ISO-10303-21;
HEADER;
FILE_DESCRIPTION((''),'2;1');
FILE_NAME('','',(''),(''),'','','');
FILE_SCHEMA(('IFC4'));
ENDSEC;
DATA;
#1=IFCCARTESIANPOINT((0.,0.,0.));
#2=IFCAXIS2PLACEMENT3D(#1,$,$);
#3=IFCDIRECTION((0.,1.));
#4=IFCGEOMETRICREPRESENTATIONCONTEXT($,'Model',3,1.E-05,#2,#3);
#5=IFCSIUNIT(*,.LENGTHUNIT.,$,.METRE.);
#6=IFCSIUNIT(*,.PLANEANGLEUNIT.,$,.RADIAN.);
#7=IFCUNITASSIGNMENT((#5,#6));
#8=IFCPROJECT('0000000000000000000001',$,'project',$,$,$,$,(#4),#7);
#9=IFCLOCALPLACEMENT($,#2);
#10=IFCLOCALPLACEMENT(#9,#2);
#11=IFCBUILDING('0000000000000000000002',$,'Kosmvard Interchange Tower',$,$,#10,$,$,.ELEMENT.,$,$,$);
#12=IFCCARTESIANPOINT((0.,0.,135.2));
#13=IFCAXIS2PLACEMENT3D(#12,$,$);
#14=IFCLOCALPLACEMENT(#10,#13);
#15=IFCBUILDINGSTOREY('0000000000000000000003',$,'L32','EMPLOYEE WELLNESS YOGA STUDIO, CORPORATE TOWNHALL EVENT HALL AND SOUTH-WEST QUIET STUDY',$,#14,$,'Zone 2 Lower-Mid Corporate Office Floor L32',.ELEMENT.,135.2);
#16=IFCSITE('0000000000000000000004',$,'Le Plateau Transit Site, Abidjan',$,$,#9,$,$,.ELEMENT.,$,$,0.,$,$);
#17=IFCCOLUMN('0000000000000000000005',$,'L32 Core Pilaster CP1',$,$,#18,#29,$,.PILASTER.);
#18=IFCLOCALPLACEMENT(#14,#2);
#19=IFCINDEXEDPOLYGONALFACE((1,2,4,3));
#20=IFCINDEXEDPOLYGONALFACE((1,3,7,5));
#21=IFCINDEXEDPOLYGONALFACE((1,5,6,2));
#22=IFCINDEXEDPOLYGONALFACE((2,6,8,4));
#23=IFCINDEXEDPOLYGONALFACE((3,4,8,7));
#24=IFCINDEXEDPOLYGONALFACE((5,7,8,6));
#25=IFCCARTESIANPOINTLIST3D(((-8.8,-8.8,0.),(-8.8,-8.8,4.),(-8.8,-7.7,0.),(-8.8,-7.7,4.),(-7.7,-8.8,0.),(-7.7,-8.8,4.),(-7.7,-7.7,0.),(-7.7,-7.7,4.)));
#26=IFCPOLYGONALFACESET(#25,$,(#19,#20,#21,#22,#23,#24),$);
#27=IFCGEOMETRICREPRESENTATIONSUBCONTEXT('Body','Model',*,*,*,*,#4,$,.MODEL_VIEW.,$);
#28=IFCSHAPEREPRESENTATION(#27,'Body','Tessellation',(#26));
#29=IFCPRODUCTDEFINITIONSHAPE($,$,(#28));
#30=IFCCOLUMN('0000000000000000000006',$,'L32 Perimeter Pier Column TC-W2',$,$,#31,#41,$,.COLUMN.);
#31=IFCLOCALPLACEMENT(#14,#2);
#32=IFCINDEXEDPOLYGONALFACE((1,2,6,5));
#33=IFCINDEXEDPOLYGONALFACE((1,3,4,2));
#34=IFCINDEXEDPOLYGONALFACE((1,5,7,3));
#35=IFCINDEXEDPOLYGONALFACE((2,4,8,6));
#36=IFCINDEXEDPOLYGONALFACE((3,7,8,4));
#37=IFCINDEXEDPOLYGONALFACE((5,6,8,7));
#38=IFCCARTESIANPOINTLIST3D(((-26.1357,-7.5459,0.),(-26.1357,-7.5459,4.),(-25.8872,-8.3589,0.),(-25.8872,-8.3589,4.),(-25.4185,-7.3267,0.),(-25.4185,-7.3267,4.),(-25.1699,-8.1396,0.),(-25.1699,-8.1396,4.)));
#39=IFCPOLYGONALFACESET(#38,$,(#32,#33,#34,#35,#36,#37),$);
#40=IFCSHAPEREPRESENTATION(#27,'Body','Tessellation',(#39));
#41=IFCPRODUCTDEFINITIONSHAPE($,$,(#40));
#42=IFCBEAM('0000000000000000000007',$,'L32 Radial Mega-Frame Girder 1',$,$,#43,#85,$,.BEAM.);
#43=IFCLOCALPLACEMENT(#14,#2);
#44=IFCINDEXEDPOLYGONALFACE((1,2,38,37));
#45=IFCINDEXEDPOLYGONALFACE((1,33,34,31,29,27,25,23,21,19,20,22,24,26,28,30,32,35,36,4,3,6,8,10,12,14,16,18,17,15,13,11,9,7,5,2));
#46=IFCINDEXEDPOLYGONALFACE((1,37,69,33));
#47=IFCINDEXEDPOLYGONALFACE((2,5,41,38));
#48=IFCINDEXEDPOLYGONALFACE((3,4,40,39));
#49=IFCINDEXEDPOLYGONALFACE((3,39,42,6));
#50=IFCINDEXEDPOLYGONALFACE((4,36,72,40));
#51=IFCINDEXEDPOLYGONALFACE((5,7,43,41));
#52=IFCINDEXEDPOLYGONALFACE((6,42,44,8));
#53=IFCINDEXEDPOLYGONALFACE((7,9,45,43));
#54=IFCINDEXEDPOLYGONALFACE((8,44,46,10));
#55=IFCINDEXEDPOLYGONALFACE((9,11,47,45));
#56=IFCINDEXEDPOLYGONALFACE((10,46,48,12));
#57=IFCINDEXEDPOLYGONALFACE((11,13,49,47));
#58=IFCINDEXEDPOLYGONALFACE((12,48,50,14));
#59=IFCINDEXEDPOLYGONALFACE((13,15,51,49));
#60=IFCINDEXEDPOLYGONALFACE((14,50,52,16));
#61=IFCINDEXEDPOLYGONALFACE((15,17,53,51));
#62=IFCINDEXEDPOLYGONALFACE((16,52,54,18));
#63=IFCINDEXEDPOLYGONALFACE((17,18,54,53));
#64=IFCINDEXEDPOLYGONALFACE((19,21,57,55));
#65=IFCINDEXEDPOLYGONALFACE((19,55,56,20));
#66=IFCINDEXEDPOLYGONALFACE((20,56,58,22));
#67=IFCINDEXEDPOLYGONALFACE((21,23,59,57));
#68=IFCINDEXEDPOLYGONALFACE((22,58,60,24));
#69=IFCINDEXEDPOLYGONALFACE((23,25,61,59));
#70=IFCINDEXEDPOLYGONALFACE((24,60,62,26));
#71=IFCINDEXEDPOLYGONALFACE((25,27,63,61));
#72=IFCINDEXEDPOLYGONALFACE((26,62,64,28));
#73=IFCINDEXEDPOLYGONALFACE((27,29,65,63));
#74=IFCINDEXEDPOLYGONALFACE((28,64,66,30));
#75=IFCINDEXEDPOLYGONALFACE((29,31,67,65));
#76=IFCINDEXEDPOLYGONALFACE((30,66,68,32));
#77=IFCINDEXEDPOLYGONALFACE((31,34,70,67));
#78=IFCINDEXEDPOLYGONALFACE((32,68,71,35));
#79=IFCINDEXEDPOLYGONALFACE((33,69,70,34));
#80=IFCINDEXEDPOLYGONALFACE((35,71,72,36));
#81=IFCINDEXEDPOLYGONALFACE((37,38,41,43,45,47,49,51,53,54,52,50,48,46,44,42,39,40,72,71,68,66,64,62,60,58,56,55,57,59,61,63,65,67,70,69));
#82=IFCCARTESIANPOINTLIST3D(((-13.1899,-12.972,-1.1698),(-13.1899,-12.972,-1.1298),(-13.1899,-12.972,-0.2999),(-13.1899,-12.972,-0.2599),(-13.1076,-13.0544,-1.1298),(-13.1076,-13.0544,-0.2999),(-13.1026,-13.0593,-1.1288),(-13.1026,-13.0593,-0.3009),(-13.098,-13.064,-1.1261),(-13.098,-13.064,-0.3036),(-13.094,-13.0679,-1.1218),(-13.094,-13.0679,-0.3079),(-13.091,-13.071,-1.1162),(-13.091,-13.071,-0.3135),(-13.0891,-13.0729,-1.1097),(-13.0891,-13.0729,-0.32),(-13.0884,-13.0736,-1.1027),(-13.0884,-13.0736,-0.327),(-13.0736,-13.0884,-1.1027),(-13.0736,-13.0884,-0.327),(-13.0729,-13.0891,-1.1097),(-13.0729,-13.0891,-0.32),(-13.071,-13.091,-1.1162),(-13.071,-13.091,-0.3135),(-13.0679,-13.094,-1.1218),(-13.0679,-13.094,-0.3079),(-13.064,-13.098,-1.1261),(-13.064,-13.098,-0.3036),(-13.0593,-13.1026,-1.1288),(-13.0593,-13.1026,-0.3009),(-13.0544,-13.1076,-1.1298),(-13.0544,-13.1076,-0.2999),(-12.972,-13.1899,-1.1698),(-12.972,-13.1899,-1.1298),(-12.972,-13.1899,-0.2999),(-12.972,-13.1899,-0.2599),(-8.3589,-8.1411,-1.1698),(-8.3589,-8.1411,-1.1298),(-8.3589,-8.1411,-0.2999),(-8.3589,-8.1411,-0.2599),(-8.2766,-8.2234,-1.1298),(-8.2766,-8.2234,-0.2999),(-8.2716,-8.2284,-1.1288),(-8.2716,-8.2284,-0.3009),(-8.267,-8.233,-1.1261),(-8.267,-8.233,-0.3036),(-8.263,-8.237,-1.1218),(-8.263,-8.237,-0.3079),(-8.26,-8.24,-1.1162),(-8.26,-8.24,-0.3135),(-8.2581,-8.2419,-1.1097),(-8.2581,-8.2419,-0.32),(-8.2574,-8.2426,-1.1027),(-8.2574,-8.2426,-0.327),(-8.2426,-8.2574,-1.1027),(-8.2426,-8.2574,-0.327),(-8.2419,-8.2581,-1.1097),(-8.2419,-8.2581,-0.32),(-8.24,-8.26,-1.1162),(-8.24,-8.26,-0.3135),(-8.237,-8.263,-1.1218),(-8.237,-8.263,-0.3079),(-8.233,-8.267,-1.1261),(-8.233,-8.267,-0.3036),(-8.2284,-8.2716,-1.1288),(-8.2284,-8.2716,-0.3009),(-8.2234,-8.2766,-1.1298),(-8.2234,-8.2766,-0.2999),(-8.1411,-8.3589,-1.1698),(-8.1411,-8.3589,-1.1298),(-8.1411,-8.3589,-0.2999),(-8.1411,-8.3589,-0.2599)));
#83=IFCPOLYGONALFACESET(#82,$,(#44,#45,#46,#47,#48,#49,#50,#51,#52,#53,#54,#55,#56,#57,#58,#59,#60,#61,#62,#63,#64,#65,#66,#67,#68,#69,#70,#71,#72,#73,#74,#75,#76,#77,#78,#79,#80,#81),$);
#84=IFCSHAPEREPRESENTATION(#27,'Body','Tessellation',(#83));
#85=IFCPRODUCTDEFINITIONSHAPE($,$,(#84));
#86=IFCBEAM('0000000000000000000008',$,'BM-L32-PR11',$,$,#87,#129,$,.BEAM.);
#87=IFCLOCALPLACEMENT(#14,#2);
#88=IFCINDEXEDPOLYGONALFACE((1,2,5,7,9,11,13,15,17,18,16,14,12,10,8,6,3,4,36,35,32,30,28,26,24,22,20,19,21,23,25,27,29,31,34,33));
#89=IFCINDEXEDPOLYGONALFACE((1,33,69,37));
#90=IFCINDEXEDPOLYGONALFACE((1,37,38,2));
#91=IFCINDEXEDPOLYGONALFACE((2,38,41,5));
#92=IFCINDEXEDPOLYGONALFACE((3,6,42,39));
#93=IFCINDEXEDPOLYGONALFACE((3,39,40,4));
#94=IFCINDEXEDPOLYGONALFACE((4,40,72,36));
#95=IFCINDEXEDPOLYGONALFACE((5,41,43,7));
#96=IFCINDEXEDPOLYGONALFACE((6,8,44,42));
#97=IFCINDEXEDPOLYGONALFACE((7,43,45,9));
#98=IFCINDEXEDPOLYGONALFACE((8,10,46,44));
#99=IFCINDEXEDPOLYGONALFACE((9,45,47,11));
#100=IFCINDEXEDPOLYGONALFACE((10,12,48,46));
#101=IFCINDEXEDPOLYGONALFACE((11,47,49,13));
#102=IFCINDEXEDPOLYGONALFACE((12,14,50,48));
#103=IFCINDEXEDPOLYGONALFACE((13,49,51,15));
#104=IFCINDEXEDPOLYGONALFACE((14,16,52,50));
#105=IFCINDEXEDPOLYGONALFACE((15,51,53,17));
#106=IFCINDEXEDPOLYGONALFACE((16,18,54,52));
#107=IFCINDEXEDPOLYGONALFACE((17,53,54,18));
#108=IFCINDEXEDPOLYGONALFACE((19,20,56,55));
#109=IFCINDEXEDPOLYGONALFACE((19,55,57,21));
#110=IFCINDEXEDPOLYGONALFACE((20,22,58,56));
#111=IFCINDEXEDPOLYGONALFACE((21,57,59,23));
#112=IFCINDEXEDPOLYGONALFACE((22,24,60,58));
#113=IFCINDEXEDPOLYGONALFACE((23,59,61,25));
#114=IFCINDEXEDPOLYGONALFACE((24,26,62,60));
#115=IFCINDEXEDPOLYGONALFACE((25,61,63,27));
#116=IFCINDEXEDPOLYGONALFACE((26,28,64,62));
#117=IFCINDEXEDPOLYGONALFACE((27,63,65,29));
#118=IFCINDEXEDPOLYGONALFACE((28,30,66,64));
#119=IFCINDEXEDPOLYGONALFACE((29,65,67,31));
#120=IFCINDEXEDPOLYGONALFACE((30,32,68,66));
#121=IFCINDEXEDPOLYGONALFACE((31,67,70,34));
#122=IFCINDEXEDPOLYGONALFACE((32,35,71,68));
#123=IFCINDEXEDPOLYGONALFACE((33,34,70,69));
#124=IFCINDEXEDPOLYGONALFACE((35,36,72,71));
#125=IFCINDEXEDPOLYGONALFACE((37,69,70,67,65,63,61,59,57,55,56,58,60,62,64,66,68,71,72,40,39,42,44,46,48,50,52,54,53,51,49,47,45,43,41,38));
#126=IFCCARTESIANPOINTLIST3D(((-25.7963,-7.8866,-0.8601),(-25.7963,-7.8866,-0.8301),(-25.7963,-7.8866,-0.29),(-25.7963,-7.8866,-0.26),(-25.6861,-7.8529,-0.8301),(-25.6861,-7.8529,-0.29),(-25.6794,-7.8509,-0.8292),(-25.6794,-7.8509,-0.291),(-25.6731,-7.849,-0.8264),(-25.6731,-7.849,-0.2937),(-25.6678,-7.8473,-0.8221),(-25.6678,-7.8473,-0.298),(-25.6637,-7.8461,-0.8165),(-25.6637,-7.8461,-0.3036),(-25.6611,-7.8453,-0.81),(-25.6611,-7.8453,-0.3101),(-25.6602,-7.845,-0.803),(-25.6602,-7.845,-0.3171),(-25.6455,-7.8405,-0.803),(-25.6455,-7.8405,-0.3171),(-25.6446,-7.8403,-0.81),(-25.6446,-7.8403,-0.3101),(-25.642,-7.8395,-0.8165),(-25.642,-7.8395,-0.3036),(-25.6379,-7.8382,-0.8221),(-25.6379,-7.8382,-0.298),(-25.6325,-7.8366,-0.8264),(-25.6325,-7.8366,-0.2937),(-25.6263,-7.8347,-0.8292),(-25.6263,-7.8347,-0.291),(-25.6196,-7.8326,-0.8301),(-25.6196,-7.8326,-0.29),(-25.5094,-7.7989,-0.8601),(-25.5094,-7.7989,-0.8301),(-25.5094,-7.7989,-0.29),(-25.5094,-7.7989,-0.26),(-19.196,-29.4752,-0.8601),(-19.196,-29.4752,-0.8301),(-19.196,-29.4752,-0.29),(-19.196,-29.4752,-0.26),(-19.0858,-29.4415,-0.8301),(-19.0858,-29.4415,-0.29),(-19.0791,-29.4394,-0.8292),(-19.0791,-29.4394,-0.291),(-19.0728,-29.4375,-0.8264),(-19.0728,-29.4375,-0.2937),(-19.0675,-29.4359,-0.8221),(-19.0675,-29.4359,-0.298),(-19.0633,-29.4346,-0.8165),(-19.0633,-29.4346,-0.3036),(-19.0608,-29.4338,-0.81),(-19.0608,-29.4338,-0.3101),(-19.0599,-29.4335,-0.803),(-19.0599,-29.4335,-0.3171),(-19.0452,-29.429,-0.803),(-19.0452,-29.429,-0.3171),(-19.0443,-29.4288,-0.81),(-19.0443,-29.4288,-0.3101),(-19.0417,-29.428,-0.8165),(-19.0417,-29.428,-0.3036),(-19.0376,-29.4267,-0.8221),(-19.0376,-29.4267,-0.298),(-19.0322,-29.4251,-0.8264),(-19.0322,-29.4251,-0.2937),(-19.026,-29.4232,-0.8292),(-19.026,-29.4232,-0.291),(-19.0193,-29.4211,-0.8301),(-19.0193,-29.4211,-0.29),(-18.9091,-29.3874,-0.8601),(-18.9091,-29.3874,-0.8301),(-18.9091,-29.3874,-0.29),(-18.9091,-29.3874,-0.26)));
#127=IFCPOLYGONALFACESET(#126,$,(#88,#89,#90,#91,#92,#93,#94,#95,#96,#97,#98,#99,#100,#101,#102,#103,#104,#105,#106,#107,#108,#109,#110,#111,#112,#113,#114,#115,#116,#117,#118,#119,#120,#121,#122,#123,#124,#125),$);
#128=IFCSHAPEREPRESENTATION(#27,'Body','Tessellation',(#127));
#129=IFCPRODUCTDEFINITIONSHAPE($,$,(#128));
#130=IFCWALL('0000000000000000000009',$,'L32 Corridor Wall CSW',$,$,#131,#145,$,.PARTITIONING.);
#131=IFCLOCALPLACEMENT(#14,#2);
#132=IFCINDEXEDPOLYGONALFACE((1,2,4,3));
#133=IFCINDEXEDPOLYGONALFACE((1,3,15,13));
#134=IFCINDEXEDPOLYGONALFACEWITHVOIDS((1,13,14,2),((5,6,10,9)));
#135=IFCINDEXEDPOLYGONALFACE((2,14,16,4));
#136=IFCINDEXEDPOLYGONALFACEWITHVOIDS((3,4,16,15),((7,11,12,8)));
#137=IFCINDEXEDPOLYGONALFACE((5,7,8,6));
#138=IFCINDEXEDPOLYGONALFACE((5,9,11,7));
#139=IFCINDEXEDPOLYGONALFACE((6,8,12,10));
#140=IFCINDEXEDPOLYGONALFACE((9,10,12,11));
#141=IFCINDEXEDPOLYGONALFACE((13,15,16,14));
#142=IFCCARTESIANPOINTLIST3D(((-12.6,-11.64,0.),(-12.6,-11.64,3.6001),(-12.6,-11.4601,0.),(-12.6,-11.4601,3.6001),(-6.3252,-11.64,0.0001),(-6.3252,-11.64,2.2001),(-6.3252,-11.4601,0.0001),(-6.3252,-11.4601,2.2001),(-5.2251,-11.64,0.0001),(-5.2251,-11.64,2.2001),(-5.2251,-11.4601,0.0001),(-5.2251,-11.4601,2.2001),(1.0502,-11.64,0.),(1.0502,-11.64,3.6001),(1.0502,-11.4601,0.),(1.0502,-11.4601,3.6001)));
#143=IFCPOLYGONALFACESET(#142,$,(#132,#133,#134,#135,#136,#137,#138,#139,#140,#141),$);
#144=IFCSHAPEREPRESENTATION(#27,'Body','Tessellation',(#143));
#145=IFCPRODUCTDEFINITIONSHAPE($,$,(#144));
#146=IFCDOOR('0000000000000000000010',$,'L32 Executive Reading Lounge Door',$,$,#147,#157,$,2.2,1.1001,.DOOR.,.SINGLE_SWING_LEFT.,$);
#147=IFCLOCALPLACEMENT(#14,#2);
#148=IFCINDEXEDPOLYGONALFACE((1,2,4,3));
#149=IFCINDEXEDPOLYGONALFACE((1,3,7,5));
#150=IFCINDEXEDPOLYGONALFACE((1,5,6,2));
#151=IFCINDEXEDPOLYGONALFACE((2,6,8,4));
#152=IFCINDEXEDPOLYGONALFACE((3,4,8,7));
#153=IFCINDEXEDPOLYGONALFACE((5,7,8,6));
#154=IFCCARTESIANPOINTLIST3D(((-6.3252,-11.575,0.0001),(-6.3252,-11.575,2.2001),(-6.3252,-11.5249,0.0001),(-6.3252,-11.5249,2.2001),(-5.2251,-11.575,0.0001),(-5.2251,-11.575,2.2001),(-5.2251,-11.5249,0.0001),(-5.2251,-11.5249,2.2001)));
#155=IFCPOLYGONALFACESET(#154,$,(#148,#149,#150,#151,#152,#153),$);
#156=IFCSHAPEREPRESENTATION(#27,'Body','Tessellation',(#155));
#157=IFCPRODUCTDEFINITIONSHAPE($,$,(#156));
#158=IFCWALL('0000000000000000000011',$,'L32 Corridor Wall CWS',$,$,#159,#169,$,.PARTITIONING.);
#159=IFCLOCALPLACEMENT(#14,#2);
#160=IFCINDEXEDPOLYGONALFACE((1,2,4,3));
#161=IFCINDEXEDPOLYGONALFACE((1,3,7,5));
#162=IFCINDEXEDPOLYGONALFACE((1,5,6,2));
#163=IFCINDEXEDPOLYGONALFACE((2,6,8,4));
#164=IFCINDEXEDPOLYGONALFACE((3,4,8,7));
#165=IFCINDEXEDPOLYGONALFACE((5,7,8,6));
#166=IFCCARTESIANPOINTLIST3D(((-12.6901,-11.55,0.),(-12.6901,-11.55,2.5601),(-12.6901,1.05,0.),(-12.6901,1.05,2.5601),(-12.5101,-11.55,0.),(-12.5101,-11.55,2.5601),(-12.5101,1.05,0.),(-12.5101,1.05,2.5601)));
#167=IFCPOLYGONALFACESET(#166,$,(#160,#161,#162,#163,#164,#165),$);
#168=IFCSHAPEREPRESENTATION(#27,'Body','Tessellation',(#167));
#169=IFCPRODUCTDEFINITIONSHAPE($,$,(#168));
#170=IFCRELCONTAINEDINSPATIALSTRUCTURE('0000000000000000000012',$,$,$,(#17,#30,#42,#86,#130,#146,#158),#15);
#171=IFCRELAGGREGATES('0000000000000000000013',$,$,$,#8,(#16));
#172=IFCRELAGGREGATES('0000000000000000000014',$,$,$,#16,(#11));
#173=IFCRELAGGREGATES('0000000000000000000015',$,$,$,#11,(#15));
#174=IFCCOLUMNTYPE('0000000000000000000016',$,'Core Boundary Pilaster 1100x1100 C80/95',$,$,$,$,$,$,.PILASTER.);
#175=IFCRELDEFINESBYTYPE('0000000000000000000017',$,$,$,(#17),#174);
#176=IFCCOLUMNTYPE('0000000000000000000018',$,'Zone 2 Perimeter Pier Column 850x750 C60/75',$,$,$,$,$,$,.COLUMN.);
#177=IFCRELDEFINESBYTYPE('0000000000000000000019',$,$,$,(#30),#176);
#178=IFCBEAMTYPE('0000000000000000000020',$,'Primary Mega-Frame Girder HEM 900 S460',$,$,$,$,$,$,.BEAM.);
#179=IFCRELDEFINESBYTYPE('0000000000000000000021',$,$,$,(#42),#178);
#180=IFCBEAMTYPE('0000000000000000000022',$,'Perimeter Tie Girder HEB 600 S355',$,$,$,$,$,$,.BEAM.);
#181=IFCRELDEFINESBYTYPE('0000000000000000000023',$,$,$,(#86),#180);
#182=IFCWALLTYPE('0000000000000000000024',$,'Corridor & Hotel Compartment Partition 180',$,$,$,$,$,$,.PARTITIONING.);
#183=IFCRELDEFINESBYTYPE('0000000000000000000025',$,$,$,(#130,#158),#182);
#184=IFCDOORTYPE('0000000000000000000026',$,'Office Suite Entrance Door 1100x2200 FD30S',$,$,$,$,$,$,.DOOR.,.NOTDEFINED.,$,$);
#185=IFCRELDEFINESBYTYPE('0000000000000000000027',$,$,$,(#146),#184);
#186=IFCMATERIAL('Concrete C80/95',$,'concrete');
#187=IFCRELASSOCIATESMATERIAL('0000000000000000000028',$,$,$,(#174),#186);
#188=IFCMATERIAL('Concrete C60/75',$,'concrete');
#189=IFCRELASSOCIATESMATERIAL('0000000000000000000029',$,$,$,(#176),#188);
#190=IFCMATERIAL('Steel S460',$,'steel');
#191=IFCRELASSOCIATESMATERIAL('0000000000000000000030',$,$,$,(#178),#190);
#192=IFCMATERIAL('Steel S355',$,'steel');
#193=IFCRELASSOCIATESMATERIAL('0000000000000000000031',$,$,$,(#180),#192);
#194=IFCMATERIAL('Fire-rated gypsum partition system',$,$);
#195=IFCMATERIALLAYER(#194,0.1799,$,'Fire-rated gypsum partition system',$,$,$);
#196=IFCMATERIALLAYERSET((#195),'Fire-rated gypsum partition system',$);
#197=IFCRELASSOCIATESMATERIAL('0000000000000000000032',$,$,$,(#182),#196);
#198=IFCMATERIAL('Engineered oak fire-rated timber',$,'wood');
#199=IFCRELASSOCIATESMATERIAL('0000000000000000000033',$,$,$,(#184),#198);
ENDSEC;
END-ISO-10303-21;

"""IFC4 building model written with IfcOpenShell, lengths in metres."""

from ifc_helpers import new_model, si_unit, direction, frame, frame_2d, origin, origin_2d, place, context, subcontext, project, spatial, rectangle, i_section, extrude, source, transform, mapped, material, layer, layer_set, material_profile, profile_set, type_object, element, fill, save


model = new_model("IFC4")

# Units and contexts
model_context = context("Model", 3, precision=1e-05, world=origin(), true_north=direction((0.0, 1.0)))
body_context = subcontext(model_context, "Body", "Model", "MODEL_VIEW")
ifc_project = project(units=[si_unit("LENGTHUNIT", "METRE"), si_unit("PLANEANGLEUNIT", "RADIAN")], contexts=[model_context])

# Site, building, storey
site_placement = place(None, origin())
site = spatial("IfcSite", under=ifc_project, at=site_placement, Name="Le Plateau Transit Site, Abidjan", CompositionType="ELEMENT", RefElevation=0.0)
building_placement = place(site_placement, origin())
building = spatial("IfcBuilding", under=site, at=building_placement, Name="Kosmvard Interchange Tower", CompositionType="ELEMENT")
storey_placement = place(building_placement, frame((0.0, 0.0, 135.2)))
storey = spatial("IfcBuildingStorey", under=building, at=storey_placement, Name="L32", Description="EMPLOYEE WELLNESS YOGA STUDIO, CORPORATE TOWNHALL EVENT HALL AND SOUTH-WEST QUIET STUDY", LongName="Zone 2 Lower-Mid Corporate Office Floor L32", CompositionType="ELEMENT", Elevation=135.2)

# Columns
ifc_material_1 = material(Name="Concrete C80/95", Category="concrete")
ifc_material_profile_1 = material_profile(ifc_material_1, rectangle(XDim=1.1001, YDim=1.1001, at=origin_2d()), Name="CP 1100x1100")
ifc_profile_set_1 = profile_set([ifc_material_profile_1], Name="Concrete C80/95")
column_type_1 = type_object("IfcColumnType", Name="Core Boundary Pilaster 1100x1100 C80/95", PredefinedType="PILASTER", material=ifc_profile_set_1)
shared_shape_1 = source(origin(), body_context, "Body", "SweptSolid", [
    extrude(rectangle(XDim=1.1001, YDim=1.1001, at=origin_2d()), origin(), (0.0, 0.0, 1.0), 4.0),
])
column_1_placement = place(storey_placement, frame((-8.25, -8.25, 0.0), z_axis=(0.0, 0.0, 1.0), x_axis=(1.0, 0.0, 0.0)))
element("IfcColumn", 1, at=column_1_placement, inside=storey, type_object=column_type_1, Name="L32 Core Pilaster CP1", PredefinedType="PILASTER", context=body_context, shape_type="MappedRepresentation", body=[
    mapped(shared_shape_1, transform((0.0, 0.0, 0.0), scale=1.0)),
])
ifc_material_2 = material(Name="Concrete C60/75", Category="concrete")
ifc_material_profile_2 = material_profile(ifc_material_2, rectangle(XDim=0.75, YDim=0.8501, at=origin_2d()), Name="TC 850x750")
ifc_profile_set_2 = profile_set([ifc_material_profile_2], Name="Concrete C60/75")
column_type_2 = type_object("IfcColumnType", Name="Zone 2 Perimeter Pier Column 850x750 C60/75", PredefinedType="COLUMN", material=ifc_profile_set_2)
shared_shape_2 = source(origin(), body_context, "Body", "SweptSolid", [
    extrude(rectangle(XDim=0.75, YDim=0.8501, at=origin_2d()), origin(), (0.0, 0.0, 1.0), 4.0),
])
column_2_placement = place(storey_placement, frame((-25.6528, -7.8428, 0.0), z_axis=(0.0, 0.0, 1.0), x_axis=(0.956305, 0.292372, 0.0)))
element("IfcColumn", 2, at=column_2_placement, inside=storey, type_object=column_type_2, Name="L32 Perimeter Pier Column TC-W2", PredefinedType="COLUMN", context=body_context, shape_type="MappedRepresentation", body=[
    mapped(shared_shape_2, transform((0.0, 0.0, 0.0), scale=1.0)),
])

# Beams
ifc_material_3 = material(Name="Steel S460", Category="steel")
ifc_material_profile_3 = material_profile(ifc_material_3, i_section(OverallWidth=0.3081, OverallDepth=0.9099, WebThickness=0.021, FlangeThickness=0.04, FilletRadius=0.0271, at=origin_2d()), Name="HEM 900")
ifc_profile_set_3 = profile_set([ifc_material_profile_3], Name="Steel S460")
beam_type_1 = type_object("IfcBeamType", Name="Primary Mega-Frame Girder HEM 900 S460", PredefinedType="BEAM", material=ifc_profile_set_3)
shared_shape_3 = source(origin(), body_context, "Body", "SweptSolid", [
    extrude(i_section(OverallWidth=0.3081, OverallDepth=0.9099, WebThickness=0.021, FlangeThickness=0.04, FilletRadius=0.0271, at=origin_2d()), origin(), (0.0, 0.0, 1.0), 6.832),
])
beam_1_placement = place(storey_placement, frame((-8.25, -8.25, -0.7148), z_axis=(-0.707107, -0.707107, 0.0), x_axis=(0.707107, -0.707107, 0.0)))
element("IfcBeam", 3, at=beam_1_placement, inside=storey, type_object=beam_type_1, Name="L32 Radial Mega-Frame Girder 1", PredefinedType="BEAM", context=body_context, shape_type="MappedRepresentation", body=[
    mapped(shared_shape_3, transform((0.0, 0.0, 0.0), scale=1.0)),
])
ifc_material_4 = material(Name="Steel S355", Category="steel")
ifc_material_profile_4 = material_profile(ifc_material_4, i_section(OverallWidth=0.3, OverallDepth=0.6001, WebThickness=0.0154, FlangeThickness=0.03, FilletRadius=0.0271, at=origin_2d()), Name="HEB 600")
ifc_profile_set_4 = profile_set([ifc_material_profile_4], Name="Steel S355")
beam_type_2 = type_object("IfcBeamType", Name="Perimeter Tie Girder HEB 600 S355", PredefinedType="BEAM", material=ifc_profile_set_4)
shared_shape_4 = source(origin(), body_context, "Body", "SweptSolid", [
    extrude(i_section(OverallWidth=0.3, OverallDepth=0.6001, WebThickness=0.0154, FlangeThickness=0.03, FilletRadius=0.0271, at=origin_2d()), origin(), (0.0, 0.0, 1.0), 22.575),
])
beam_2_placement = place(storey_placement, frame((-25.6528, -7.8428, -0.5601), z_axis=(0.292373, -0.956304, 0.0), x_axis=(0.956304, 0.292373, 0.0)))
element("IfcBeam", 4, at=beam_2_placement, inside=storey, type_object=beam_type_2, Name="BM-L32-PR11", PredefinedType="BEAM", context=body_context, shape_type="MappedRepresentation", body=[
    mapped(shared_shape_4, transform((0.0, 0.0, 0.0), scale=1.0)),
])

# Wall, opening, door
ifc_material_5 = material(Name="Fire-rated gypsum partition system")
ifc_layer_1 = layer(ifc_material_5, 0.1799, Name="Fire-rated gypsum partition system")
ifc_layer_set_1 = layer_set([ifc_layer_1], Name="Fire-rated gypsum partition system")
wall_type_1 = type_object("IfcWallType", Name="Corridor & Hotel Compartment Partition 180", PredefinedType="PARTITIONING", material=ifc_layer_set_1)
wall_1_placement = place(storey_placement, frame((-12.6001, -11.55, 0.0), z_axis=(0.0, 0.0, 1.0), x_axis=(1.0, 0.0, 0.0)))
wall_1 = element("IfcWall", 5, at=wall_1_placement, inside=storey, type_object=wall_type_1, Name="L32 Corridor Wall CSW", PredefinedType="PARTITIONING", context=body_context, shape_type="SweptSolid", body=[
    extrude(rectangle(XDim=13.6501, YDim=0.1799, at=frame_2d((6.8252, 0.0))), origin(), (0.0, 0.0, 1.0), 3.6001),
])
opening_1_placement = place(wall_1_placement, frame((6.2749, 0.0, 0.0)))
opening_1 = element("IfcOpeningElement", 6, at=opening_1_placement, cuts=wall_1, PredefinedType="OPENING", context=body_context, shape_type="SweptSolid", body=[
    extrude(rectangle(XDim=1.1001, YDim=2.2, at=frame_2d((0.55, 1.1001))), frame((0.0, 0.1001, 0.0), z_axis=(0.0, -1.0, 0.0), x_axis=(1.0, 0.0, 0.0)), (0.0, 0.0, 1.0), 0.2),
])
ifc_material_6 = material(Name="Engineered oak fire-rated timber", Category="wood")
door_type_1 = type_object("IfcDoorType", Name="Office Suite Entrance Door 1100x2200 FD30S", OperationType="NOTDEFINED", PredefinedType="DOOR", material=ifc_material_6)
shared_shape_5 = source(origin(), body_context, "Body", "SweptSolid", [
    extrude(rectangle(XDim=1.1001, YDim=2.2, at=frame_2d((0.55, 1.1001))), frame((0.0, 0.0249, 0.0), z_axis=(0.0, -1.0, 0.0), x_axis=(1.0, 0.0, 0.0)), (0.0, 0.0, 1.0), 0.05),
])
door_1_placement = place(opening_1_placement, frame((1.1001, 0.0, 0.0), z_axis=(0.0, 0.0, 1.0), x_axis=(-1.0, 0.0, 0.0)))
door_1 = element("IfcDoor", 7, at=door_1_placement, inside=storey, type_object=door_type_1, Name="L32 Executive Reading Lounge Door", OperationType="SINGLE_SWING_LEFT", OverallHeight=2.2, OverallWidth=1.1001, PredefinedType="DOOR", context=body_context, shape_type="MappedRepresentation", body=[
    mapped(shared_shape_5, transform((0.0, 0.0, 0.0), scale=1.0)),
])
fill(opening_1, door_1)

# Wall
wall_2_placement = place(storey_placement, frame((-12.6001, -11.55, 0.0), z_axis=(0.0, 0.0, 1.0), x_axis=(0.0, 1.0, 0.0)))
element("IfcWall", 8, at=wall_2_placement, inside=storey, type_object=wall_type_1, Name="L32 Corridor Wall CWS", PredefinedType="PARTITIONING", context=body_context, shape_type="SweptSolid", body=[
    extrude(rectangle(XDim=12.6001, YDim=0.1799, at=frame_2d((6.3, 0.0))), origin(), (0.0, 0.0, 1.0), 2.5601),
])

save(model, "model.ifc")
